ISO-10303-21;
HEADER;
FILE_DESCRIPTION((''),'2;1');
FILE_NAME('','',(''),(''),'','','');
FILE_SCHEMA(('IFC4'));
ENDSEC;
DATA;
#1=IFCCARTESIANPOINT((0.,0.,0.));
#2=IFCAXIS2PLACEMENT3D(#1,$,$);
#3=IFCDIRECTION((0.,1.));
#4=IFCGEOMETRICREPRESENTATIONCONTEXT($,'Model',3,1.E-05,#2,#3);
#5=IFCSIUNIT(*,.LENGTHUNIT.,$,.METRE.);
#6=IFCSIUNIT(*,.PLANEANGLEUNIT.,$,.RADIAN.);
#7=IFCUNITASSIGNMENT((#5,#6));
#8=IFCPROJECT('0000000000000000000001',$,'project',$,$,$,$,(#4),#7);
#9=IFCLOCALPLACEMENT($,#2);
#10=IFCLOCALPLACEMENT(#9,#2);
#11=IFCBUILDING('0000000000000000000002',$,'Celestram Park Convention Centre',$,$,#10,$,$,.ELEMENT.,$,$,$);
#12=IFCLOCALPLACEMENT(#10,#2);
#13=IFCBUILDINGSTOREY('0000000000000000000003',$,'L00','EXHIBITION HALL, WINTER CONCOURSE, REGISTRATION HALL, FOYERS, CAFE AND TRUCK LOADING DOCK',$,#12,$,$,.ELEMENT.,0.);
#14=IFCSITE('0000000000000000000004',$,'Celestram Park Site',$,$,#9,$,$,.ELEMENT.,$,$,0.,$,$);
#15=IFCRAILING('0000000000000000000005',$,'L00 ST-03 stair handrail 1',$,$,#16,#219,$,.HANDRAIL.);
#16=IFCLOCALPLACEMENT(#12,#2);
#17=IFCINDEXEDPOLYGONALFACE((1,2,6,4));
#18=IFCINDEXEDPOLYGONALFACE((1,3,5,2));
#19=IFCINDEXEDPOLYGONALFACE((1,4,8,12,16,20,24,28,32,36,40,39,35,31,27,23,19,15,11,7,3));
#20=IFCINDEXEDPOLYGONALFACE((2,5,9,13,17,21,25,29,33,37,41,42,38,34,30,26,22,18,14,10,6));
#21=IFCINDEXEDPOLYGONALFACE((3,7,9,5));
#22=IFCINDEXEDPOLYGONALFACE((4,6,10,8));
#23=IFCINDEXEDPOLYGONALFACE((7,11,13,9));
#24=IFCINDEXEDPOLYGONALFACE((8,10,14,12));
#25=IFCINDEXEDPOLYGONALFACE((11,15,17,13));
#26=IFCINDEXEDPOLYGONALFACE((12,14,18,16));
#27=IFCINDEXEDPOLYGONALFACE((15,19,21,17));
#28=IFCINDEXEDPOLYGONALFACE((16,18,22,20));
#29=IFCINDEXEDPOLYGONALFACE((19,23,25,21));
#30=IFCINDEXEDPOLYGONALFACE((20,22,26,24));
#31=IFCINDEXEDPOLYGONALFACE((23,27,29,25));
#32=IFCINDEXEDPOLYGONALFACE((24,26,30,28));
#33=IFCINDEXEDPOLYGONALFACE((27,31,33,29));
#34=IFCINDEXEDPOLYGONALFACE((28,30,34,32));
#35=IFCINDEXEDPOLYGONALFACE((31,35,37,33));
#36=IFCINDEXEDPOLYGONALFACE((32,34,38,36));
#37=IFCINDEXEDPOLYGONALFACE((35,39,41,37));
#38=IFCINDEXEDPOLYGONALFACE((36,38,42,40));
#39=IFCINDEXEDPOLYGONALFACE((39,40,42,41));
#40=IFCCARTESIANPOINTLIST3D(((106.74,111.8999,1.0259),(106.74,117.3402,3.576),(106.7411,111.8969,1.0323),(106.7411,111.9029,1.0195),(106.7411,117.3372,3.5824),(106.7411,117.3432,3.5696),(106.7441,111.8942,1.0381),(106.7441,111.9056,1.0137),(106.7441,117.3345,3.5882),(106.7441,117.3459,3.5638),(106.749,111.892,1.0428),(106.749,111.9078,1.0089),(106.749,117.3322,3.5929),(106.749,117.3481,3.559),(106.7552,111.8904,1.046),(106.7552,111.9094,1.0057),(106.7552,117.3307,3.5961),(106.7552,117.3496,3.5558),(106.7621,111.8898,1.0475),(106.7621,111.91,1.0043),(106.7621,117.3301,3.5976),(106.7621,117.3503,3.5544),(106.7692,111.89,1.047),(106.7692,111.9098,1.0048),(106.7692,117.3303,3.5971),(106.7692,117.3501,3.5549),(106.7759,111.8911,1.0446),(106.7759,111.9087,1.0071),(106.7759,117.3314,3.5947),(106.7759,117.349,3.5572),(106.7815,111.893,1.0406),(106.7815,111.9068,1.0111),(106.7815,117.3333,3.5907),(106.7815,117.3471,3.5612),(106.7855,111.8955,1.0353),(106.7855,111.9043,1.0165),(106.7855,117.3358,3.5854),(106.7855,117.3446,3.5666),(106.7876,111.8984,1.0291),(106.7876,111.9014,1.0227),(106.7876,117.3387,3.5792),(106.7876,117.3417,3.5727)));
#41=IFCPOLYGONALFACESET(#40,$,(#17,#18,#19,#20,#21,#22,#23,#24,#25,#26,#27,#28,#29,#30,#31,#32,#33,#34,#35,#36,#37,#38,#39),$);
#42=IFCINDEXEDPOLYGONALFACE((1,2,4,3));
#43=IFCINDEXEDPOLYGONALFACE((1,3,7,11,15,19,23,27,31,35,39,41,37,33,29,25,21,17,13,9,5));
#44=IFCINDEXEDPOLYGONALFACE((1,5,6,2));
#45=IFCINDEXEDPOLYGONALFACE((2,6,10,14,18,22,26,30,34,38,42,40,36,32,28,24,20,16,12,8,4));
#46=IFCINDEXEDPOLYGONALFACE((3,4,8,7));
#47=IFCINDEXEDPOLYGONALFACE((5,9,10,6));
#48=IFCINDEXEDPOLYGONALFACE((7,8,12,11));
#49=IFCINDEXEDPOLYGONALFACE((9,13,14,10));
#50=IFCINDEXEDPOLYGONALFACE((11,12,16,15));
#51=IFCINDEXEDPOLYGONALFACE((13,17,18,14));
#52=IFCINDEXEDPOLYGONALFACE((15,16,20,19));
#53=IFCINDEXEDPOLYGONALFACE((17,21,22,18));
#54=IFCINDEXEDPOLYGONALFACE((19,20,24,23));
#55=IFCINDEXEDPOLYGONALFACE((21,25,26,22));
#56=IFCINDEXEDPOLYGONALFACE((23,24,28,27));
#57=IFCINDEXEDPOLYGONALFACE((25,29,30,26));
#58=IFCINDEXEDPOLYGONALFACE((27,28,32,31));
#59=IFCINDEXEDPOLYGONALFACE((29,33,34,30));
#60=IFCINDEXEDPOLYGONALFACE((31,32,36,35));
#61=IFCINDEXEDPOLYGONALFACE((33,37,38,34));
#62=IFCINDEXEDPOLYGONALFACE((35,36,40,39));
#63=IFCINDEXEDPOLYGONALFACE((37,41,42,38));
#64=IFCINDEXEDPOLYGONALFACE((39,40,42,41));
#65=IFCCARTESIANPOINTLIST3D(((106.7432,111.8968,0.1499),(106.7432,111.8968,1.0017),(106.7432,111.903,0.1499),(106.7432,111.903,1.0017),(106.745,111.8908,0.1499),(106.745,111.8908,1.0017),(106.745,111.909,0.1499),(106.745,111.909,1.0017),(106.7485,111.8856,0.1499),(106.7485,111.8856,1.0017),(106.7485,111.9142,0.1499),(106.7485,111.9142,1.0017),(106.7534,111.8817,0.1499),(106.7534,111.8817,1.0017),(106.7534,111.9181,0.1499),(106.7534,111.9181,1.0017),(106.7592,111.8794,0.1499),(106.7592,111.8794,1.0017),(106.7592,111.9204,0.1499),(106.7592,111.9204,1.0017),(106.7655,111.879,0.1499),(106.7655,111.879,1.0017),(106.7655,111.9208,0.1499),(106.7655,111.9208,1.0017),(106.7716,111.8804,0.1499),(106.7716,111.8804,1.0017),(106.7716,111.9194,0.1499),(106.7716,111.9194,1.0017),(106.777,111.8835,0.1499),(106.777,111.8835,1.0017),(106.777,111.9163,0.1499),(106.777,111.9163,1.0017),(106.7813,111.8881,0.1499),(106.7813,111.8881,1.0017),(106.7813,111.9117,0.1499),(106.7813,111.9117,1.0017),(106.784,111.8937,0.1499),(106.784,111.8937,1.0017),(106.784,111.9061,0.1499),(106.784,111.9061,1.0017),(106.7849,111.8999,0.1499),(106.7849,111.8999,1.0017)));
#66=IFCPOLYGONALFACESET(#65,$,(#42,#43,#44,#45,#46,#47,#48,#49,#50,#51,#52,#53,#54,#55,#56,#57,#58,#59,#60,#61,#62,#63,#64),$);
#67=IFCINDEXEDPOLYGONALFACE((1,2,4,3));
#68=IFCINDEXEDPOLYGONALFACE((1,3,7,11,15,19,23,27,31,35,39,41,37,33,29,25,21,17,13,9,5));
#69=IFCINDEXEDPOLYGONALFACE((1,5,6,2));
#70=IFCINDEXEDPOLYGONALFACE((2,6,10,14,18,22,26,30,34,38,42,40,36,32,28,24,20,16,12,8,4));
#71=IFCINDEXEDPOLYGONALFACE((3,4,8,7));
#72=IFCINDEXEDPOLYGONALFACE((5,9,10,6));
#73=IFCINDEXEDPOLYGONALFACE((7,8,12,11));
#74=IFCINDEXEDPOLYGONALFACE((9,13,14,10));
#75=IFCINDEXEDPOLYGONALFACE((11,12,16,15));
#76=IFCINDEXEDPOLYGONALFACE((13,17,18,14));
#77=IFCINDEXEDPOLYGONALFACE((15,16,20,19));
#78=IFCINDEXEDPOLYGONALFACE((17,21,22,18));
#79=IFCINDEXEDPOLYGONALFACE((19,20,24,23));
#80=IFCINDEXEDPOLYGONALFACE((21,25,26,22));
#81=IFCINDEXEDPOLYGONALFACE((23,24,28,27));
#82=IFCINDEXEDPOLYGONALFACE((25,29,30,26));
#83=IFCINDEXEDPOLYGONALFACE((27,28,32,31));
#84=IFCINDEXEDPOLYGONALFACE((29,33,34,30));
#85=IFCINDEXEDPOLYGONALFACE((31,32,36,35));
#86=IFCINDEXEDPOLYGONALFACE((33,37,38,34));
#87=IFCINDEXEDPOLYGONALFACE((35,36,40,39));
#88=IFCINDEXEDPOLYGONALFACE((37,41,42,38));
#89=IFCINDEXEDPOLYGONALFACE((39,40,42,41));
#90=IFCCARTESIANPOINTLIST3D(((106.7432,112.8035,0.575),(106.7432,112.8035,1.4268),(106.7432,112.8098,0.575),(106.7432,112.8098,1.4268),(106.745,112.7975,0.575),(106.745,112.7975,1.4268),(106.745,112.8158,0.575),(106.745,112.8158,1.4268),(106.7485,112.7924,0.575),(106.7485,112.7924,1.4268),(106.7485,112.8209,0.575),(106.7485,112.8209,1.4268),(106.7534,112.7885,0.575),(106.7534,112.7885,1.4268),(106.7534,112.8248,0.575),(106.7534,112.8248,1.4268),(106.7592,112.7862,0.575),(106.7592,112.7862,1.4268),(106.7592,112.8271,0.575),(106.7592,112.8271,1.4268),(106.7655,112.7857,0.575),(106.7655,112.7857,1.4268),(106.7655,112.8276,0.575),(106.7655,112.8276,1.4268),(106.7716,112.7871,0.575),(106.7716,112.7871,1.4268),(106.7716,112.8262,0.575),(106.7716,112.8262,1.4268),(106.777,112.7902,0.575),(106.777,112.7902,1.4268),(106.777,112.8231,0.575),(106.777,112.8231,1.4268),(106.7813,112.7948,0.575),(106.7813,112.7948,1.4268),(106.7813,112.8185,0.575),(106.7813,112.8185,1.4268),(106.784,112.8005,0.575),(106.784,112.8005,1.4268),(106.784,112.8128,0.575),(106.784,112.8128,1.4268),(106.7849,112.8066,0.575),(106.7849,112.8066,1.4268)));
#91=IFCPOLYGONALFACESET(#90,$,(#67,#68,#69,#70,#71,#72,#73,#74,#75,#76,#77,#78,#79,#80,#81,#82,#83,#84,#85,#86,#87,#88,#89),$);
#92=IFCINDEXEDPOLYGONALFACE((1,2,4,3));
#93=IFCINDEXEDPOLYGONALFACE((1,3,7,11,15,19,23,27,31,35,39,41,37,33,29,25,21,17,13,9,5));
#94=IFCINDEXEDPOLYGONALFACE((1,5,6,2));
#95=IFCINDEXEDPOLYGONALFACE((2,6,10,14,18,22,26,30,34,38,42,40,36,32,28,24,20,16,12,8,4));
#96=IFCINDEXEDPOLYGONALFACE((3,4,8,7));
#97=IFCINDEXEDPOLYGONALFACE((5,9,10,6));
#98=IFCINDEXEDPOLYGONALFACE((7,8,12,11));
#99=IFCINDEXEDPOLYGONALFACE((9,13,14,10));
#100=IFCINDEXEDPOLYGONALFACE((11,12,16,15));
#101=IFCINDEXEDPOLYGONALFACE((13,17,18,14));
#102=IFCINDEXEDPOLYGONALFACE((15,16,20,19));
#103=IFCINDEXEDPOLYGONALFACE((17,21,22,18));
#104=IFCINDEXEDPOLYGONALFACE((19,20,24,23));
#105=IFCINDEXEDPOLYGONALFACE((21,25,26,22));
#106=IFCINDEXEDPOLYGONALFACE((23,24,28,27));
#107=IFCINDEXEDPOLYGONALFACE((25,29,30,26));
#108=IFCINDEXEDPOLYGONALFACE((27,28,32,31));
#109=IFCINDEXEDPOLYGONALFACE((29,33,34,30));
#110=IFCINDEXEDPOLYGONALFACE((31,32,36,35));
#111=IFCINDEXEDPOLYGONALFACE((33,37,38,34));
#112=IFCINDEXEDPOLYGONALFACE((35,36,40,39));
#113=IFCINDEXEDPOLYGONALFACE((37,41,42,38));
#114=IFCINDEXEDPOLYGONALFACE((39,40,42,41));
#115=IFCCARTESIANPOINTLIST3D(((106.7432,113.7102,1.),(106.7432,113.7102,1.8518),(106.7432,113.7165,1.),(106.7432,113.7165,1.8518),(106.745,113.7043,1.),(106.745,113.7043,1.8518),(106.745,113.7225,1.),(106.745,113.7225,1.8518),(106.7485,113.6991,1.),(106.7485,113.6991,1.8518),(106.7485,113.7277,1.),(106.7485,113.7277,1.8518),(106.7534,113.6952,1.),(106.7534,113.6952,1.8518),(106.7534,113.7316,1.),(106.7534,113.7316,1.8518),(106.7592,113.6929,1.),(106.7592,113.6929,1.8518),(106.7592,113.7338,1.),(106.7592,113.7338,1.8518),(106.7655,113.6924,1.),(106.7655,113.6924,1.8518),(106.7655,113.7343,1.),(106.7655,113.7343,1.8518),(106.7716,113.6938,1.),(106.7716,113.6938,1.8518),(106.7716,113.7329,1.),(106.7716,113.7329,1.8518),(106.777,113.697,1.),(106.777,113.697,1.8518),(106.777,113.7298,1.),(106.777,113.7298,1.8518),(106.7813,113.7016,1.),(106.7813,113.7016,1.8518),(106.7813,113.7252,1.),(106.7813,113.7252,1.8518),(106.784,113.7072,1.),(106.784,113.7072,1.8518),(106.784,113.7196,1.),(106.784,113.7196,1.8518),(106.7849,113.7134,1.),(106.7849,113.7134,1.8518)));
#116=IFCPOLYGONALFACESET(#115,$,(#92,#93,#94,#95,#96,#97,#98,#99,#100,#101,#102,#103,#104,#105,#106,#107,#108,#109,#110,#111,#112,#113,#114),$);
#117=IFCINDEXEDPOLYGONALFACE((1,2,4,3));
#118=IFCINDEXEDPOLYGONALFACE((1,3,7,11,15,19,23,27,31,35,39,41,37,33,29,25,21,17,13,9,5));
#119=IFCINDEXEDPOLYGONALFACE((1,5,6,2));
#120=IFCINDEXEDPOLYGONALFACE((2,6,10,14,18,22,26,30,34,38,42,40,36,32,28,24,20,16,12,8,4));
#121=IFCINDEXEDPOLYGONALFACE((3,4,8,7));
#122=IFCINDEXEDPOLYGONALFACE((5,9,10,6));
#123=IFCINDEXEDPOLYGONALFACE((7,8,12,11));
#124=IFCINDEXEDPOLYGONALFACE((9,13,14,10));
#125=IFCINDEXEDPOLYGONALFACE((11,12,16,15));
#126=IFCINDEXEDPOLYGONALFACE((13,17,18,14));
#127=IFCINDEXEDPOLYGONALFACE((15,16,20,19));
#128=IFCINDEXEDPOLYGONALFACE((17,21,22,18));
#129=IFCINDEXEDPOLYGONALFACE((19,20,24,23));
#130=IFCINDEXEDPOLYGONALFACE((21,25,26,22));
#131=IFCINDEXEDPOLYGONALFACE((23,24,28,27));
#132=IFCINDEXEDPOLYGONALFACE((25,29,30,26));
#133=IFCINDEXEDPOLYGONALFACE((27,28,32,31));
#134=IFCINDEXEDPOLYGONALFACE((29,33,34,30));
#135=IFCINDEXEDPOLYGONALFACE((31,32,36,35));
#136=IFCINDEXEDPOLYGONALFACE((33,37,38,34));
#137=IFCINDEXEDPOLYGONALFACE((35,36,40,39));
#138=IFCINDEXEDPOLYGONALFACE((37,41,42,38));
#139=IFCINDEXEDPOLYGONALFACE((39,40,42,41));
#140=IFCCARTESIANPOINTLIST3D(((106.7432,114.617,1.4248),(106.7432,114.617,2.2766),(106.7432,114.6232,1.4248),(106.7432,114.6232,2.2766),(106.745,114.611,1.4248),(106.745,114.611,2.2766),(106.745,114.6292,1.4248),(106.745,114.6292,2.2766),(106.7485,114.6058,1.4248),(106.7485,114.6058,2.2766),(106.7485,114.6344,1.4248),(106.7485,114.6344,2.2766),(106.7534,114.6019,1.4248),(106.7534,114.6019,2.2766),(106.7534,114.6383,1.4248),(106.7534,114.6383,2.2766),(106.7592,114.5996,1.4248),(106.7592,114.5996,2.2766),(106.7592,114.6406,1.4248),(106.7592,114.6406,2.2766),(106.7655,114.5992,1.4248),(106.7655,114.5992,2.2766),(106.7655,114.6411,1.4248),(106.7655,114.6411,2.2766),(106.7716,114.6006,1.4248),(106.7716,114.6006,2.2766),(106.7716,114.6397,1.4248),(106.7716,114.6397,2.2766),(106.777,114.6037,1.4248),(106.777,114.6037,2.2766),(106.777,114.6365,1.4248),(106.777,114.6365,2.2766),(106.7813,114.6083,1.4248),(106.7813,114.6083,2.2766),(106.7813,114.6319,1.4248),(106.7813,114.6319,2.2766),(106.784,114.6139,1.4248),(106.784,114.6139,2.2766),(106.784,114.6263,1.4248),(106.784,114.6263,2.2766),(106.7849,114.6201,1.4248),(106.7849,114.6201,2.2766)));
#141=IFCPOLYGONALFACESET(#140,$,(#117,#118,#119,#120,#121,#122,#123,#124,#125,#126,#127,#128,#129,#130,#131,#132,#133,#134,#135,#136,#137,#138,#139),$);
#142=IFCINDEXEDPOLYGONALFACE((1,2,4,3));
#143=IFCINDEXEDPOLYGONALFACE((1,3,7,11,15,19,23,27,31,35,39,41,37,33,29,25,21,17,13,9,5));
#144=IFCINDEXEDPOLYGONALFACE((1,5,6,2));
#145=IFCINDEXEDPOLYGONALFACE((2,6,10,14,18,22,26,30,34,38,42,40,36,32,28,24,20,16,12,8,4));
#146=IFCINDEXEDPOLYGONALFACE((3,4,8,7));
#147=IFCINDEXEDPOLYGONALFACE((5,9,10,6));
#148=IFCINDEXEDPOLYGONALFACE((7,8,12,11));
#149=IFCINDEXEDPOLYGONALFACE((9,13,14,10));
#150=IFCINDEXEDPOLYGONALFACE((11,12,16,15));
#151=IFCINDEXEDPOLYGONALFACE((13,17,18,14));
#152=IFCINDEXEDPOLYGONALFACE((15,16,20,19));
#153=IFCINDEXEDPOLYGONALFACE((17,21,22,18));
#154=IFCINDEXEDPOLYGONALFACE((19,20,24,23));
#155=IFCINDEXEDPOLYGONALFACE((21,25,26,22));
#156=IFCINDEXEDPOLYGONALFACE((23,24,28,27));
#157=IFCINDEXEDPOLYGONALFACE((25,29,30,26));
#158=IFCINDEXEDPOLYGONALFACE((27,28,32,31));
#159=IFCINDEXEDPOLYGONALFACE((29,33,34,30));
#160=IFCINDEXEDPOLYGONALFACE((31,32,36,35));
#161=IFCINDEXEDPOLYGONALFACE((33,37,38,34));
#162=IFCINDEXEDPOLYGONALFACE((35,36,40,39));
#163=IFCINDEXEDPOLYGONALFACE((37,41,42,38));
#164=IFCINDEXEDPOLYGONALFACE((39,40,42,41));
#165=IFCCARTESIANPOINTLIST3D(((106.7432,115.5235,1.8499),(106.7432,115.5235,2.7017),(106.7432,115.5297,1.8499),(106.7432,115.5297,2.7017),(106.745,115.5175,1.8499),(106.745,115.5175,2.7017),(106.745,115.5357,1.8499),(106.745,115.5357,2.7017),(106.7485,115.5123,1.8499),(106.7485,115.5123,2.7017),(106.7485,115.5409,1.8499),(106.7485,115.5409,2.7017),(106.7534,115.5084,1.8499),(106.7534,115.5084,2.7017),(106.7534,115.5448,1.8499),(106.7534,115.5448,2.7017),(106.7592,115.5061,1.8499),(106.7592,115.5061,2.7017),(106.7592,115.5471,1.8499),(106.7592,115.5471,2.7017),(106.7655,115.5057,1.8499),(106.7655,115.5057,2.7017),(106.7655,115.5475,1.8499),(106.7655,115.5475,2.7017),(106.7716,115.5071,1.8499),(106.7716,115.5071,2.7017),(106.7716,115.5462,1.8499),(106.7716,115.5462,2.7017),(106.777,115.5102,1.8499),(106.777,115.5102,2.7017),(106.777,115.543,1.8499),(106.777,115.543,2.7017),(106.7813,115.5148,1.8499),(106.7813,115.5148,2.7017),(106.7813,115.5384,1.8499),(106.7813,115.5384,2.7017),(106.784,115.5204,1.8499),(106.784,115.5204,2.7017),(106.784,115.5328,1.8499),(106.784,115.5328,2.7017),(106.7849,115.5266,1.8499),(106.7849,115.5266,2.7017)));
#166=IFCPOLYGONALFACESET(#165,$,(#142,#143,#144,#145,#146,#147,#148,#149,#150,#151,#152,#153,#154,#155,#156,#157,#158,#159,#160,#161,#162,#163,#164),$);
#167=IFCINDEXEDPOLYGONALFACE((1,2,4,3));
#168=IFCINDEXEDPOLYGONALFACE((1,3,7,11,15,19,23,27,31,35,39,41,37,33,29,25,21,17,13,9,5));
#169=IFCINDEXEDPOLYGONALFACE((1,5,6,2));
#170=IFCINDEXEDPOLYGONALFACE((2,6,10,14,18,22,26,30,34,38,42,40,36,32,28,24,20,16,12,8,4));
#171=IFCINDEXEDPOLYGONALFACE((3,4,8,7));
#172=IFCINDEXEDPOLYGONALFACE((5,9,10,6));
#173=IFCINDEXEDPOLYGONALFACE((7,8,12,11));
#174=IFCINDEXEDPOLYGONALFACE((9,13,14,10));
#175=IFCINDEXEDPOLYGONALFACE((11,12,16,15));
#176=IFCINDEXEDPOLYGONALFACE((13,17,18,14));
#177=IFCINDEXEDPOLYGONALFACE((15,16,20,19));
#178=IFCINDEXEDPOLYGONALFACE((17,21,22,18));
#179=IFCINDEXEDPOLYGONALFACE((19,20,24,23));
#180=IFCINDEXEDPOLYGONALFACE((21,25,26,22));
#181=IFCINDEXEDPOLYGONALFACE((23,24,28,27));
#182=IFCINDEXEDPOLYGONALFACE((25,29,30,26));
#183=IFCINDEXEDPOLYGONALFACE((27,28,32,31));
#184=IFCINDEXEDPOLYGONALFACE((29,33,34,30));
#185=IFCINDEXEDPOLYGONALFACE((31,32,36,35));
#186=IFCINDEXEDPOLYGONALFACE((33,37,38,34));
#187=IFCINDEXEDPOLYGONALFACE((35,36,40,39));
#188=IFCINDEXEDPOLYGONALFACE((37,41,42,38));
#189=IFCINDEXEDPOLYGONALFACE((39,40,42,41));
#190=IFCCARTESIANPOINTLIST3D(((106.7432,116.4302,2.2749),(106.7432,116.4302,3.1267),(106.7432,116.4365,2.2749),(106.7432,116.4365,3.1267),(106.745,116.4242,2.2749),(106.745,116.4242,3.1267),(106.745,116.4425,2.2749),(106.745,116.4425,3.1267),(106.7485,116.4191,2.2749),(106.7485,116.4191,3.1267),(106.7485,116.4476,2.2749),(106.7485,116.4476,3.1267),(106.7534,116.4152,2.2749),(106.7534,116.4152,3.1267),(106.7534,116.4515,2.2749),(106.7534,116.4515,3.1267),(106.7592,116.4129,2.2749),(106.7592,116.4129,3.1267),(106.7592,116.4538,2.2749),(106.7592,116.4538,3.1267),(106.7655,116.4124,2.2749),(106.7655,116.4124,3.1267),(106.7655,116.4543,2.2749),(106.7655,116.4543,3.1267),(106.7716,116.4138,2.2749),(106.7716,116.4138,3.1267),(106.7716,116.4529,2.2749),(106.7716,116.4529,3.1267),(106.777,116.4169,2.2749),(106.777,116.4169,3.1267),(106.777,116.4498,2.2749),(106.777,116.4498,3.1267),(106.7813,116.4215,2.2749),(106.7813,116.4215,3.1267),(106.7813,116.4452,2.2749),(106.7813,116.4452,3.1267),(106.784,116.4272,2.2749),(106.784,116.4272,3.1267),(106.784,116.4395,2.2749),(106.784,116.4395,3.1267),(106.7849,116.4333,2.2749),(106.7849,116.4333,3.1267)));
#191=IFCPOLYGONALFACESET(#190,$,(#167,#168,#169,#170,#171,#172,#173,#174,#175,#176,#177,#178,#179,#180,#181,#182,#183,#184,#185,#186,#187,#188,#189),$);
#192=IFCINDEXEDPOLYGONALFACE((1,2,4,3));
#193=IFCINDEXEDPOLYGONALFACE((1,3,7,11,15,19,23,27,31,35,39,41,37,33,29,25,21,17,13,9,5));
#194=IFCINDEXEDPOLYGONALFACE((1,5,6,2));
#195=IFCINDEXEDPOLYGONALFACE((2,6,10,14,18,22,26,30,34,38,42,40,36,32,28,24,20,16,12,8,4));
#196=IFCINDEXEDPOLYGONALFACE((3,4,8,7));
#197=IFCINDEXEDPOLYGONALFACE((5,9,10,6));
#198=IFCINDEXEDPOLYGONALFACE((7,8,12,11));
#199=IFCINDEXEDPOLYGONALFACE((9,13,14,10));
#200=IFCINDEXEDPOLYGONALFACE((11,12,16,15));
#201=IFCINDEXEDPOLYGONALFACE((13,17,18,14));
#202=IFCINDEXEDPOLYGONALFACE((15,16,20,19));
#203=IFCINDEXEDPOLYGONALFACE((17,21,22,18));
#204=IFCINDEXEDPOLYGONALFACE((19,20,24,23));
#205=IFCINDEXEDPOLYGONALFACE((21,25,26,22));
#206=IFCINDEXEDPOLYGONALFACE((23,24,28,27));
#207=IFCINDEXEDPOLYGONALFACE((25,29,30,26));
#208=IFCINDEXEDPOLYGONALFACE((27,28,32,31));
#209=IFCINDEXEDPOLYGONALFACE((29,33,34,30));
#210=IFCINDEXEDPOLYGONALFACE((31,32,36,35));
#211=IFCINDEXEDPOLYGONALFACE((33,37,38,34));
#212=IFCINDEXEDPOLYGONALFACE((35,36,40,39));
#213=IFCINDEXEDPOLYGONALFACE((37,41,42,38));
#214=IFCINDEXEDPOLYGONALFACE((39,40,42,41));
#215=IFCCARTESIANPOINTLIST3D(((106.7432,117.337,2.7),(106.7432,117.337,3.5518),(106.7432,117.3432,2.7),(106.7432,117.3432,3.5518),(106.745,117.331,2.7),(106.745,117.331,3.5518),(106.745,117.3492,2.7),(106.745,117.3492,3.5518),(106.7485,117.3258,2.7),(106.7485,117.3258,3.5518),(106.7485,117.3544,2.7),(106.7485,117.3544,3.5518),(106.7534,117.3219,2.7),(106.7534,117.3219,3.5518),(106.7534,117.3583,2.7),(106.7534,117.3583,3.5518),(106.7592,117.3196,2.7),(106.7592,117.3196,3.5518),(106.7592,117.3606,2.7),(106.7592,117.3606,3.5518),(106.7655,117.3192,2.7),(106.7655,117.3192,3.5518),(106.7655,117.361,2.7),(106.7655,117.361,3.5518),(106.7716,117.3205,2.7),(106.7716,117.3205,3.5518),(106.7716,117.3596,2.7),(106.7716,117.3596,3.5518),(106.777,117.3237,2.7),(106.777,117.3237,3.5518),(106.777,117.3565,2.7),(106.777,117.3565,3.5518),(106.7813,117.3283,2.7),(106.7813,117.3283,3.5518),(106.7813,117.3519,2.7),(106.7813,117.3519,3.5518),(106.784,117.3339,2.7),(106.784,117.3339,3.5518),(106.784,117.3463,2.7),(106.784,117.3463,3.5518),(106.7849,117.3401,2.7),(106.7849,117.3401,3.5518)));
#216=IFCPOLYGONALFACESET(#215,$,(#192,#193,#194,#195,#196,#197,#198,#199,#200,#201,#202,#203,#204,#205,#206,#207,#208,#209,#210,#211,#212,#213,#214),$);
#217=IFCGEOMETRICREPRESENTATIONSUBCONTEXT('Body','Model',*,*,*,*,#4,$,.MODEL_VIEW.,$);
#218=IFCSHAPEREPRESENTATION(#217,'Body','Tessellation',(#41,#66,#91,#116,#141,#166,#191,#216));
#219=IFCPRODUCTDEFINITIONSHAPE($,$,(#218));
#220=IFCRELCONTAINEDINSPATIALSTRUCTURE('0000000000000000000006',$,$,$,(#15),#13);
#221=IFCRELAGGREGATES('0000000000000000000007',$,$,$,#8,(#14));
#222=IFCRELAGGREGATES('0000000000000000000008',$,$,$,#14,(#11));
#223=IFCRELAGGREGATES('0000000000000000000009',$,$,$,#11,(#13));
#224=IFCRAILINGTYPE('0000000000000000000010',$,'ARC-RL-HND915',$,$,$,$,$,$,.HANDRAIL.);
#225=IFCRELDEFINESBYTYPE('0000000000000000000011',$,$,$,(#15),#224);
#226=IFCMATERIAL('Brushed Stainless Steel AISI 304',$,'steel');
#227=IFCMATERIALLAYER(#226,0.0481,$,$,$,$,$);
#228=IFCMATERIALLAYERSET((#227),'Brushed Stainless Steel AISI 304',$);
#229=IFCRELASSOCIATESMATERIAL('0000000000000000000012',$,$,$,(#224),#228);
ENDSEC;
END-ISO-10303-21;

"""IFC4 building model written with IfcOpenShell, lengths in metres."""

from ifc_helpers import new_model, si_unit, direction, frame, origin, origin_2d, place, context, subcontext, project, spatial, circle, extrude, material, layer, layer_set, type_object, element, save


model = new_model("IFC4")

# Units and contexts
model_context = context("Model", 3, precision=1e-05, world=origin(), true_north=direction((0.0, 1.0)))
body_context = subcontext(model_context, "Body", "Model", "MODEL_VIEW")
ifc_project = project(units=[si_unit("LENGTHUNIT", "METRE"), si_unit("PLANEANGLEUNIT", "RADIAN")], contexts=[model_context])

# Site, building, storey
site_placement = place(None, origin())
site = spatial("IfcSite", under=ifc_project, at=site_placement, Name="Celestram Park Site", CompositionType="ELEMENT", RefElevation=0.0)
building_placement = place(site_placement, origin())
building = spatial("IfcBuilding", under=site, at=building_placement, Name="Celestram Park Convention Centre", CompositionType="ELEMENT")
storey_placement = place(building_placement, origin())
storey = spatial("IfcBuildingStorey", under=building, at=storey_placement, Name="L00", Description="EXHIBITION HALL, WINTER CONCOURSE, REGISTRATION HALL, FOYERS, CAFE AND TRUCK LOADING DOCK", CompositionType="ELEMENT", Elevation=0.0)

# Railing
ifc_material_1 = material(Name="Brushed Stainless Steel AISI 304", Category="steel")
ifc_layer_1 = layer(ifc_material_1, 0.0481)
ifc_layer_set_1 = layer_set([ifc_layer_1], Name="Brushed Stainless Steel AISI 304")
railing_type_1 = type_object("IfcRailingType", Name="ARC-RL-HND915", PredefinedType="HANDRAIL", material=ifc_layer_set_1)
railing_1_placement = place(storey_placement, frame((106.7639, 111.8999, 0.1499)))
element("IfcRailing", 1, at=railing_1_placement, inside=storey, type_object=railing_type_1, Name="L00 ST-03 stair handrail 1", PredefinedType="HANDRAIL", context=body_context, shape_type="SweptSolid", body=[
    extrude(circle(Radius=0.0239, at=origin_2d()), frame((0.0, 0.0, 0.876), z_axis=(0.0, 0.905461, 0.424429), x_axis=(-1.0, 0.0, 0.0)), (0.0, 0.0, 1.0), 6.0083),
    extrude(circle(Radius=0.021, at=origin_2d()), origin(), (0.0, 0.0, 1.0), 0.8518),
    extrude(circle(Radius=0.021, at=origin_2d()), frame((0.0, 0.9067, 0.425)), (0.0, 0.0, 1.0), 0.8518),
    extrude(circle(Radius=0.021, at=origin_2d()), frame((0.0, 1.8135, 0.8501)), (0.0, 0.0, 1.0), 0.8518),
    extrude(circle(Radius=0.021, at=origin_2d()), frame((0.0, 2.7202, 1.2749)), (0.0, 0.0, 1.0), 0.8518),
    extrude(circle(Radius=0.021, at=origin_2d()), frame((0.0, 3.6267, 1.7)), (0.0, 0.0, 1.0), 0.8518),
    extrude(circle(Radius=0.021, at=origin_2d()), frame((0.0, 4.5334, 2.125)), (0.0, 0.0, 1.0), 0.8518),
    extrude(circle(Radius=0.021, at=origin_2d()), frame((0.0, 5.4402, 2.55)), (0.0, 0.0, 1.0), 0.8518),
])

save(model, "model.ifc")
